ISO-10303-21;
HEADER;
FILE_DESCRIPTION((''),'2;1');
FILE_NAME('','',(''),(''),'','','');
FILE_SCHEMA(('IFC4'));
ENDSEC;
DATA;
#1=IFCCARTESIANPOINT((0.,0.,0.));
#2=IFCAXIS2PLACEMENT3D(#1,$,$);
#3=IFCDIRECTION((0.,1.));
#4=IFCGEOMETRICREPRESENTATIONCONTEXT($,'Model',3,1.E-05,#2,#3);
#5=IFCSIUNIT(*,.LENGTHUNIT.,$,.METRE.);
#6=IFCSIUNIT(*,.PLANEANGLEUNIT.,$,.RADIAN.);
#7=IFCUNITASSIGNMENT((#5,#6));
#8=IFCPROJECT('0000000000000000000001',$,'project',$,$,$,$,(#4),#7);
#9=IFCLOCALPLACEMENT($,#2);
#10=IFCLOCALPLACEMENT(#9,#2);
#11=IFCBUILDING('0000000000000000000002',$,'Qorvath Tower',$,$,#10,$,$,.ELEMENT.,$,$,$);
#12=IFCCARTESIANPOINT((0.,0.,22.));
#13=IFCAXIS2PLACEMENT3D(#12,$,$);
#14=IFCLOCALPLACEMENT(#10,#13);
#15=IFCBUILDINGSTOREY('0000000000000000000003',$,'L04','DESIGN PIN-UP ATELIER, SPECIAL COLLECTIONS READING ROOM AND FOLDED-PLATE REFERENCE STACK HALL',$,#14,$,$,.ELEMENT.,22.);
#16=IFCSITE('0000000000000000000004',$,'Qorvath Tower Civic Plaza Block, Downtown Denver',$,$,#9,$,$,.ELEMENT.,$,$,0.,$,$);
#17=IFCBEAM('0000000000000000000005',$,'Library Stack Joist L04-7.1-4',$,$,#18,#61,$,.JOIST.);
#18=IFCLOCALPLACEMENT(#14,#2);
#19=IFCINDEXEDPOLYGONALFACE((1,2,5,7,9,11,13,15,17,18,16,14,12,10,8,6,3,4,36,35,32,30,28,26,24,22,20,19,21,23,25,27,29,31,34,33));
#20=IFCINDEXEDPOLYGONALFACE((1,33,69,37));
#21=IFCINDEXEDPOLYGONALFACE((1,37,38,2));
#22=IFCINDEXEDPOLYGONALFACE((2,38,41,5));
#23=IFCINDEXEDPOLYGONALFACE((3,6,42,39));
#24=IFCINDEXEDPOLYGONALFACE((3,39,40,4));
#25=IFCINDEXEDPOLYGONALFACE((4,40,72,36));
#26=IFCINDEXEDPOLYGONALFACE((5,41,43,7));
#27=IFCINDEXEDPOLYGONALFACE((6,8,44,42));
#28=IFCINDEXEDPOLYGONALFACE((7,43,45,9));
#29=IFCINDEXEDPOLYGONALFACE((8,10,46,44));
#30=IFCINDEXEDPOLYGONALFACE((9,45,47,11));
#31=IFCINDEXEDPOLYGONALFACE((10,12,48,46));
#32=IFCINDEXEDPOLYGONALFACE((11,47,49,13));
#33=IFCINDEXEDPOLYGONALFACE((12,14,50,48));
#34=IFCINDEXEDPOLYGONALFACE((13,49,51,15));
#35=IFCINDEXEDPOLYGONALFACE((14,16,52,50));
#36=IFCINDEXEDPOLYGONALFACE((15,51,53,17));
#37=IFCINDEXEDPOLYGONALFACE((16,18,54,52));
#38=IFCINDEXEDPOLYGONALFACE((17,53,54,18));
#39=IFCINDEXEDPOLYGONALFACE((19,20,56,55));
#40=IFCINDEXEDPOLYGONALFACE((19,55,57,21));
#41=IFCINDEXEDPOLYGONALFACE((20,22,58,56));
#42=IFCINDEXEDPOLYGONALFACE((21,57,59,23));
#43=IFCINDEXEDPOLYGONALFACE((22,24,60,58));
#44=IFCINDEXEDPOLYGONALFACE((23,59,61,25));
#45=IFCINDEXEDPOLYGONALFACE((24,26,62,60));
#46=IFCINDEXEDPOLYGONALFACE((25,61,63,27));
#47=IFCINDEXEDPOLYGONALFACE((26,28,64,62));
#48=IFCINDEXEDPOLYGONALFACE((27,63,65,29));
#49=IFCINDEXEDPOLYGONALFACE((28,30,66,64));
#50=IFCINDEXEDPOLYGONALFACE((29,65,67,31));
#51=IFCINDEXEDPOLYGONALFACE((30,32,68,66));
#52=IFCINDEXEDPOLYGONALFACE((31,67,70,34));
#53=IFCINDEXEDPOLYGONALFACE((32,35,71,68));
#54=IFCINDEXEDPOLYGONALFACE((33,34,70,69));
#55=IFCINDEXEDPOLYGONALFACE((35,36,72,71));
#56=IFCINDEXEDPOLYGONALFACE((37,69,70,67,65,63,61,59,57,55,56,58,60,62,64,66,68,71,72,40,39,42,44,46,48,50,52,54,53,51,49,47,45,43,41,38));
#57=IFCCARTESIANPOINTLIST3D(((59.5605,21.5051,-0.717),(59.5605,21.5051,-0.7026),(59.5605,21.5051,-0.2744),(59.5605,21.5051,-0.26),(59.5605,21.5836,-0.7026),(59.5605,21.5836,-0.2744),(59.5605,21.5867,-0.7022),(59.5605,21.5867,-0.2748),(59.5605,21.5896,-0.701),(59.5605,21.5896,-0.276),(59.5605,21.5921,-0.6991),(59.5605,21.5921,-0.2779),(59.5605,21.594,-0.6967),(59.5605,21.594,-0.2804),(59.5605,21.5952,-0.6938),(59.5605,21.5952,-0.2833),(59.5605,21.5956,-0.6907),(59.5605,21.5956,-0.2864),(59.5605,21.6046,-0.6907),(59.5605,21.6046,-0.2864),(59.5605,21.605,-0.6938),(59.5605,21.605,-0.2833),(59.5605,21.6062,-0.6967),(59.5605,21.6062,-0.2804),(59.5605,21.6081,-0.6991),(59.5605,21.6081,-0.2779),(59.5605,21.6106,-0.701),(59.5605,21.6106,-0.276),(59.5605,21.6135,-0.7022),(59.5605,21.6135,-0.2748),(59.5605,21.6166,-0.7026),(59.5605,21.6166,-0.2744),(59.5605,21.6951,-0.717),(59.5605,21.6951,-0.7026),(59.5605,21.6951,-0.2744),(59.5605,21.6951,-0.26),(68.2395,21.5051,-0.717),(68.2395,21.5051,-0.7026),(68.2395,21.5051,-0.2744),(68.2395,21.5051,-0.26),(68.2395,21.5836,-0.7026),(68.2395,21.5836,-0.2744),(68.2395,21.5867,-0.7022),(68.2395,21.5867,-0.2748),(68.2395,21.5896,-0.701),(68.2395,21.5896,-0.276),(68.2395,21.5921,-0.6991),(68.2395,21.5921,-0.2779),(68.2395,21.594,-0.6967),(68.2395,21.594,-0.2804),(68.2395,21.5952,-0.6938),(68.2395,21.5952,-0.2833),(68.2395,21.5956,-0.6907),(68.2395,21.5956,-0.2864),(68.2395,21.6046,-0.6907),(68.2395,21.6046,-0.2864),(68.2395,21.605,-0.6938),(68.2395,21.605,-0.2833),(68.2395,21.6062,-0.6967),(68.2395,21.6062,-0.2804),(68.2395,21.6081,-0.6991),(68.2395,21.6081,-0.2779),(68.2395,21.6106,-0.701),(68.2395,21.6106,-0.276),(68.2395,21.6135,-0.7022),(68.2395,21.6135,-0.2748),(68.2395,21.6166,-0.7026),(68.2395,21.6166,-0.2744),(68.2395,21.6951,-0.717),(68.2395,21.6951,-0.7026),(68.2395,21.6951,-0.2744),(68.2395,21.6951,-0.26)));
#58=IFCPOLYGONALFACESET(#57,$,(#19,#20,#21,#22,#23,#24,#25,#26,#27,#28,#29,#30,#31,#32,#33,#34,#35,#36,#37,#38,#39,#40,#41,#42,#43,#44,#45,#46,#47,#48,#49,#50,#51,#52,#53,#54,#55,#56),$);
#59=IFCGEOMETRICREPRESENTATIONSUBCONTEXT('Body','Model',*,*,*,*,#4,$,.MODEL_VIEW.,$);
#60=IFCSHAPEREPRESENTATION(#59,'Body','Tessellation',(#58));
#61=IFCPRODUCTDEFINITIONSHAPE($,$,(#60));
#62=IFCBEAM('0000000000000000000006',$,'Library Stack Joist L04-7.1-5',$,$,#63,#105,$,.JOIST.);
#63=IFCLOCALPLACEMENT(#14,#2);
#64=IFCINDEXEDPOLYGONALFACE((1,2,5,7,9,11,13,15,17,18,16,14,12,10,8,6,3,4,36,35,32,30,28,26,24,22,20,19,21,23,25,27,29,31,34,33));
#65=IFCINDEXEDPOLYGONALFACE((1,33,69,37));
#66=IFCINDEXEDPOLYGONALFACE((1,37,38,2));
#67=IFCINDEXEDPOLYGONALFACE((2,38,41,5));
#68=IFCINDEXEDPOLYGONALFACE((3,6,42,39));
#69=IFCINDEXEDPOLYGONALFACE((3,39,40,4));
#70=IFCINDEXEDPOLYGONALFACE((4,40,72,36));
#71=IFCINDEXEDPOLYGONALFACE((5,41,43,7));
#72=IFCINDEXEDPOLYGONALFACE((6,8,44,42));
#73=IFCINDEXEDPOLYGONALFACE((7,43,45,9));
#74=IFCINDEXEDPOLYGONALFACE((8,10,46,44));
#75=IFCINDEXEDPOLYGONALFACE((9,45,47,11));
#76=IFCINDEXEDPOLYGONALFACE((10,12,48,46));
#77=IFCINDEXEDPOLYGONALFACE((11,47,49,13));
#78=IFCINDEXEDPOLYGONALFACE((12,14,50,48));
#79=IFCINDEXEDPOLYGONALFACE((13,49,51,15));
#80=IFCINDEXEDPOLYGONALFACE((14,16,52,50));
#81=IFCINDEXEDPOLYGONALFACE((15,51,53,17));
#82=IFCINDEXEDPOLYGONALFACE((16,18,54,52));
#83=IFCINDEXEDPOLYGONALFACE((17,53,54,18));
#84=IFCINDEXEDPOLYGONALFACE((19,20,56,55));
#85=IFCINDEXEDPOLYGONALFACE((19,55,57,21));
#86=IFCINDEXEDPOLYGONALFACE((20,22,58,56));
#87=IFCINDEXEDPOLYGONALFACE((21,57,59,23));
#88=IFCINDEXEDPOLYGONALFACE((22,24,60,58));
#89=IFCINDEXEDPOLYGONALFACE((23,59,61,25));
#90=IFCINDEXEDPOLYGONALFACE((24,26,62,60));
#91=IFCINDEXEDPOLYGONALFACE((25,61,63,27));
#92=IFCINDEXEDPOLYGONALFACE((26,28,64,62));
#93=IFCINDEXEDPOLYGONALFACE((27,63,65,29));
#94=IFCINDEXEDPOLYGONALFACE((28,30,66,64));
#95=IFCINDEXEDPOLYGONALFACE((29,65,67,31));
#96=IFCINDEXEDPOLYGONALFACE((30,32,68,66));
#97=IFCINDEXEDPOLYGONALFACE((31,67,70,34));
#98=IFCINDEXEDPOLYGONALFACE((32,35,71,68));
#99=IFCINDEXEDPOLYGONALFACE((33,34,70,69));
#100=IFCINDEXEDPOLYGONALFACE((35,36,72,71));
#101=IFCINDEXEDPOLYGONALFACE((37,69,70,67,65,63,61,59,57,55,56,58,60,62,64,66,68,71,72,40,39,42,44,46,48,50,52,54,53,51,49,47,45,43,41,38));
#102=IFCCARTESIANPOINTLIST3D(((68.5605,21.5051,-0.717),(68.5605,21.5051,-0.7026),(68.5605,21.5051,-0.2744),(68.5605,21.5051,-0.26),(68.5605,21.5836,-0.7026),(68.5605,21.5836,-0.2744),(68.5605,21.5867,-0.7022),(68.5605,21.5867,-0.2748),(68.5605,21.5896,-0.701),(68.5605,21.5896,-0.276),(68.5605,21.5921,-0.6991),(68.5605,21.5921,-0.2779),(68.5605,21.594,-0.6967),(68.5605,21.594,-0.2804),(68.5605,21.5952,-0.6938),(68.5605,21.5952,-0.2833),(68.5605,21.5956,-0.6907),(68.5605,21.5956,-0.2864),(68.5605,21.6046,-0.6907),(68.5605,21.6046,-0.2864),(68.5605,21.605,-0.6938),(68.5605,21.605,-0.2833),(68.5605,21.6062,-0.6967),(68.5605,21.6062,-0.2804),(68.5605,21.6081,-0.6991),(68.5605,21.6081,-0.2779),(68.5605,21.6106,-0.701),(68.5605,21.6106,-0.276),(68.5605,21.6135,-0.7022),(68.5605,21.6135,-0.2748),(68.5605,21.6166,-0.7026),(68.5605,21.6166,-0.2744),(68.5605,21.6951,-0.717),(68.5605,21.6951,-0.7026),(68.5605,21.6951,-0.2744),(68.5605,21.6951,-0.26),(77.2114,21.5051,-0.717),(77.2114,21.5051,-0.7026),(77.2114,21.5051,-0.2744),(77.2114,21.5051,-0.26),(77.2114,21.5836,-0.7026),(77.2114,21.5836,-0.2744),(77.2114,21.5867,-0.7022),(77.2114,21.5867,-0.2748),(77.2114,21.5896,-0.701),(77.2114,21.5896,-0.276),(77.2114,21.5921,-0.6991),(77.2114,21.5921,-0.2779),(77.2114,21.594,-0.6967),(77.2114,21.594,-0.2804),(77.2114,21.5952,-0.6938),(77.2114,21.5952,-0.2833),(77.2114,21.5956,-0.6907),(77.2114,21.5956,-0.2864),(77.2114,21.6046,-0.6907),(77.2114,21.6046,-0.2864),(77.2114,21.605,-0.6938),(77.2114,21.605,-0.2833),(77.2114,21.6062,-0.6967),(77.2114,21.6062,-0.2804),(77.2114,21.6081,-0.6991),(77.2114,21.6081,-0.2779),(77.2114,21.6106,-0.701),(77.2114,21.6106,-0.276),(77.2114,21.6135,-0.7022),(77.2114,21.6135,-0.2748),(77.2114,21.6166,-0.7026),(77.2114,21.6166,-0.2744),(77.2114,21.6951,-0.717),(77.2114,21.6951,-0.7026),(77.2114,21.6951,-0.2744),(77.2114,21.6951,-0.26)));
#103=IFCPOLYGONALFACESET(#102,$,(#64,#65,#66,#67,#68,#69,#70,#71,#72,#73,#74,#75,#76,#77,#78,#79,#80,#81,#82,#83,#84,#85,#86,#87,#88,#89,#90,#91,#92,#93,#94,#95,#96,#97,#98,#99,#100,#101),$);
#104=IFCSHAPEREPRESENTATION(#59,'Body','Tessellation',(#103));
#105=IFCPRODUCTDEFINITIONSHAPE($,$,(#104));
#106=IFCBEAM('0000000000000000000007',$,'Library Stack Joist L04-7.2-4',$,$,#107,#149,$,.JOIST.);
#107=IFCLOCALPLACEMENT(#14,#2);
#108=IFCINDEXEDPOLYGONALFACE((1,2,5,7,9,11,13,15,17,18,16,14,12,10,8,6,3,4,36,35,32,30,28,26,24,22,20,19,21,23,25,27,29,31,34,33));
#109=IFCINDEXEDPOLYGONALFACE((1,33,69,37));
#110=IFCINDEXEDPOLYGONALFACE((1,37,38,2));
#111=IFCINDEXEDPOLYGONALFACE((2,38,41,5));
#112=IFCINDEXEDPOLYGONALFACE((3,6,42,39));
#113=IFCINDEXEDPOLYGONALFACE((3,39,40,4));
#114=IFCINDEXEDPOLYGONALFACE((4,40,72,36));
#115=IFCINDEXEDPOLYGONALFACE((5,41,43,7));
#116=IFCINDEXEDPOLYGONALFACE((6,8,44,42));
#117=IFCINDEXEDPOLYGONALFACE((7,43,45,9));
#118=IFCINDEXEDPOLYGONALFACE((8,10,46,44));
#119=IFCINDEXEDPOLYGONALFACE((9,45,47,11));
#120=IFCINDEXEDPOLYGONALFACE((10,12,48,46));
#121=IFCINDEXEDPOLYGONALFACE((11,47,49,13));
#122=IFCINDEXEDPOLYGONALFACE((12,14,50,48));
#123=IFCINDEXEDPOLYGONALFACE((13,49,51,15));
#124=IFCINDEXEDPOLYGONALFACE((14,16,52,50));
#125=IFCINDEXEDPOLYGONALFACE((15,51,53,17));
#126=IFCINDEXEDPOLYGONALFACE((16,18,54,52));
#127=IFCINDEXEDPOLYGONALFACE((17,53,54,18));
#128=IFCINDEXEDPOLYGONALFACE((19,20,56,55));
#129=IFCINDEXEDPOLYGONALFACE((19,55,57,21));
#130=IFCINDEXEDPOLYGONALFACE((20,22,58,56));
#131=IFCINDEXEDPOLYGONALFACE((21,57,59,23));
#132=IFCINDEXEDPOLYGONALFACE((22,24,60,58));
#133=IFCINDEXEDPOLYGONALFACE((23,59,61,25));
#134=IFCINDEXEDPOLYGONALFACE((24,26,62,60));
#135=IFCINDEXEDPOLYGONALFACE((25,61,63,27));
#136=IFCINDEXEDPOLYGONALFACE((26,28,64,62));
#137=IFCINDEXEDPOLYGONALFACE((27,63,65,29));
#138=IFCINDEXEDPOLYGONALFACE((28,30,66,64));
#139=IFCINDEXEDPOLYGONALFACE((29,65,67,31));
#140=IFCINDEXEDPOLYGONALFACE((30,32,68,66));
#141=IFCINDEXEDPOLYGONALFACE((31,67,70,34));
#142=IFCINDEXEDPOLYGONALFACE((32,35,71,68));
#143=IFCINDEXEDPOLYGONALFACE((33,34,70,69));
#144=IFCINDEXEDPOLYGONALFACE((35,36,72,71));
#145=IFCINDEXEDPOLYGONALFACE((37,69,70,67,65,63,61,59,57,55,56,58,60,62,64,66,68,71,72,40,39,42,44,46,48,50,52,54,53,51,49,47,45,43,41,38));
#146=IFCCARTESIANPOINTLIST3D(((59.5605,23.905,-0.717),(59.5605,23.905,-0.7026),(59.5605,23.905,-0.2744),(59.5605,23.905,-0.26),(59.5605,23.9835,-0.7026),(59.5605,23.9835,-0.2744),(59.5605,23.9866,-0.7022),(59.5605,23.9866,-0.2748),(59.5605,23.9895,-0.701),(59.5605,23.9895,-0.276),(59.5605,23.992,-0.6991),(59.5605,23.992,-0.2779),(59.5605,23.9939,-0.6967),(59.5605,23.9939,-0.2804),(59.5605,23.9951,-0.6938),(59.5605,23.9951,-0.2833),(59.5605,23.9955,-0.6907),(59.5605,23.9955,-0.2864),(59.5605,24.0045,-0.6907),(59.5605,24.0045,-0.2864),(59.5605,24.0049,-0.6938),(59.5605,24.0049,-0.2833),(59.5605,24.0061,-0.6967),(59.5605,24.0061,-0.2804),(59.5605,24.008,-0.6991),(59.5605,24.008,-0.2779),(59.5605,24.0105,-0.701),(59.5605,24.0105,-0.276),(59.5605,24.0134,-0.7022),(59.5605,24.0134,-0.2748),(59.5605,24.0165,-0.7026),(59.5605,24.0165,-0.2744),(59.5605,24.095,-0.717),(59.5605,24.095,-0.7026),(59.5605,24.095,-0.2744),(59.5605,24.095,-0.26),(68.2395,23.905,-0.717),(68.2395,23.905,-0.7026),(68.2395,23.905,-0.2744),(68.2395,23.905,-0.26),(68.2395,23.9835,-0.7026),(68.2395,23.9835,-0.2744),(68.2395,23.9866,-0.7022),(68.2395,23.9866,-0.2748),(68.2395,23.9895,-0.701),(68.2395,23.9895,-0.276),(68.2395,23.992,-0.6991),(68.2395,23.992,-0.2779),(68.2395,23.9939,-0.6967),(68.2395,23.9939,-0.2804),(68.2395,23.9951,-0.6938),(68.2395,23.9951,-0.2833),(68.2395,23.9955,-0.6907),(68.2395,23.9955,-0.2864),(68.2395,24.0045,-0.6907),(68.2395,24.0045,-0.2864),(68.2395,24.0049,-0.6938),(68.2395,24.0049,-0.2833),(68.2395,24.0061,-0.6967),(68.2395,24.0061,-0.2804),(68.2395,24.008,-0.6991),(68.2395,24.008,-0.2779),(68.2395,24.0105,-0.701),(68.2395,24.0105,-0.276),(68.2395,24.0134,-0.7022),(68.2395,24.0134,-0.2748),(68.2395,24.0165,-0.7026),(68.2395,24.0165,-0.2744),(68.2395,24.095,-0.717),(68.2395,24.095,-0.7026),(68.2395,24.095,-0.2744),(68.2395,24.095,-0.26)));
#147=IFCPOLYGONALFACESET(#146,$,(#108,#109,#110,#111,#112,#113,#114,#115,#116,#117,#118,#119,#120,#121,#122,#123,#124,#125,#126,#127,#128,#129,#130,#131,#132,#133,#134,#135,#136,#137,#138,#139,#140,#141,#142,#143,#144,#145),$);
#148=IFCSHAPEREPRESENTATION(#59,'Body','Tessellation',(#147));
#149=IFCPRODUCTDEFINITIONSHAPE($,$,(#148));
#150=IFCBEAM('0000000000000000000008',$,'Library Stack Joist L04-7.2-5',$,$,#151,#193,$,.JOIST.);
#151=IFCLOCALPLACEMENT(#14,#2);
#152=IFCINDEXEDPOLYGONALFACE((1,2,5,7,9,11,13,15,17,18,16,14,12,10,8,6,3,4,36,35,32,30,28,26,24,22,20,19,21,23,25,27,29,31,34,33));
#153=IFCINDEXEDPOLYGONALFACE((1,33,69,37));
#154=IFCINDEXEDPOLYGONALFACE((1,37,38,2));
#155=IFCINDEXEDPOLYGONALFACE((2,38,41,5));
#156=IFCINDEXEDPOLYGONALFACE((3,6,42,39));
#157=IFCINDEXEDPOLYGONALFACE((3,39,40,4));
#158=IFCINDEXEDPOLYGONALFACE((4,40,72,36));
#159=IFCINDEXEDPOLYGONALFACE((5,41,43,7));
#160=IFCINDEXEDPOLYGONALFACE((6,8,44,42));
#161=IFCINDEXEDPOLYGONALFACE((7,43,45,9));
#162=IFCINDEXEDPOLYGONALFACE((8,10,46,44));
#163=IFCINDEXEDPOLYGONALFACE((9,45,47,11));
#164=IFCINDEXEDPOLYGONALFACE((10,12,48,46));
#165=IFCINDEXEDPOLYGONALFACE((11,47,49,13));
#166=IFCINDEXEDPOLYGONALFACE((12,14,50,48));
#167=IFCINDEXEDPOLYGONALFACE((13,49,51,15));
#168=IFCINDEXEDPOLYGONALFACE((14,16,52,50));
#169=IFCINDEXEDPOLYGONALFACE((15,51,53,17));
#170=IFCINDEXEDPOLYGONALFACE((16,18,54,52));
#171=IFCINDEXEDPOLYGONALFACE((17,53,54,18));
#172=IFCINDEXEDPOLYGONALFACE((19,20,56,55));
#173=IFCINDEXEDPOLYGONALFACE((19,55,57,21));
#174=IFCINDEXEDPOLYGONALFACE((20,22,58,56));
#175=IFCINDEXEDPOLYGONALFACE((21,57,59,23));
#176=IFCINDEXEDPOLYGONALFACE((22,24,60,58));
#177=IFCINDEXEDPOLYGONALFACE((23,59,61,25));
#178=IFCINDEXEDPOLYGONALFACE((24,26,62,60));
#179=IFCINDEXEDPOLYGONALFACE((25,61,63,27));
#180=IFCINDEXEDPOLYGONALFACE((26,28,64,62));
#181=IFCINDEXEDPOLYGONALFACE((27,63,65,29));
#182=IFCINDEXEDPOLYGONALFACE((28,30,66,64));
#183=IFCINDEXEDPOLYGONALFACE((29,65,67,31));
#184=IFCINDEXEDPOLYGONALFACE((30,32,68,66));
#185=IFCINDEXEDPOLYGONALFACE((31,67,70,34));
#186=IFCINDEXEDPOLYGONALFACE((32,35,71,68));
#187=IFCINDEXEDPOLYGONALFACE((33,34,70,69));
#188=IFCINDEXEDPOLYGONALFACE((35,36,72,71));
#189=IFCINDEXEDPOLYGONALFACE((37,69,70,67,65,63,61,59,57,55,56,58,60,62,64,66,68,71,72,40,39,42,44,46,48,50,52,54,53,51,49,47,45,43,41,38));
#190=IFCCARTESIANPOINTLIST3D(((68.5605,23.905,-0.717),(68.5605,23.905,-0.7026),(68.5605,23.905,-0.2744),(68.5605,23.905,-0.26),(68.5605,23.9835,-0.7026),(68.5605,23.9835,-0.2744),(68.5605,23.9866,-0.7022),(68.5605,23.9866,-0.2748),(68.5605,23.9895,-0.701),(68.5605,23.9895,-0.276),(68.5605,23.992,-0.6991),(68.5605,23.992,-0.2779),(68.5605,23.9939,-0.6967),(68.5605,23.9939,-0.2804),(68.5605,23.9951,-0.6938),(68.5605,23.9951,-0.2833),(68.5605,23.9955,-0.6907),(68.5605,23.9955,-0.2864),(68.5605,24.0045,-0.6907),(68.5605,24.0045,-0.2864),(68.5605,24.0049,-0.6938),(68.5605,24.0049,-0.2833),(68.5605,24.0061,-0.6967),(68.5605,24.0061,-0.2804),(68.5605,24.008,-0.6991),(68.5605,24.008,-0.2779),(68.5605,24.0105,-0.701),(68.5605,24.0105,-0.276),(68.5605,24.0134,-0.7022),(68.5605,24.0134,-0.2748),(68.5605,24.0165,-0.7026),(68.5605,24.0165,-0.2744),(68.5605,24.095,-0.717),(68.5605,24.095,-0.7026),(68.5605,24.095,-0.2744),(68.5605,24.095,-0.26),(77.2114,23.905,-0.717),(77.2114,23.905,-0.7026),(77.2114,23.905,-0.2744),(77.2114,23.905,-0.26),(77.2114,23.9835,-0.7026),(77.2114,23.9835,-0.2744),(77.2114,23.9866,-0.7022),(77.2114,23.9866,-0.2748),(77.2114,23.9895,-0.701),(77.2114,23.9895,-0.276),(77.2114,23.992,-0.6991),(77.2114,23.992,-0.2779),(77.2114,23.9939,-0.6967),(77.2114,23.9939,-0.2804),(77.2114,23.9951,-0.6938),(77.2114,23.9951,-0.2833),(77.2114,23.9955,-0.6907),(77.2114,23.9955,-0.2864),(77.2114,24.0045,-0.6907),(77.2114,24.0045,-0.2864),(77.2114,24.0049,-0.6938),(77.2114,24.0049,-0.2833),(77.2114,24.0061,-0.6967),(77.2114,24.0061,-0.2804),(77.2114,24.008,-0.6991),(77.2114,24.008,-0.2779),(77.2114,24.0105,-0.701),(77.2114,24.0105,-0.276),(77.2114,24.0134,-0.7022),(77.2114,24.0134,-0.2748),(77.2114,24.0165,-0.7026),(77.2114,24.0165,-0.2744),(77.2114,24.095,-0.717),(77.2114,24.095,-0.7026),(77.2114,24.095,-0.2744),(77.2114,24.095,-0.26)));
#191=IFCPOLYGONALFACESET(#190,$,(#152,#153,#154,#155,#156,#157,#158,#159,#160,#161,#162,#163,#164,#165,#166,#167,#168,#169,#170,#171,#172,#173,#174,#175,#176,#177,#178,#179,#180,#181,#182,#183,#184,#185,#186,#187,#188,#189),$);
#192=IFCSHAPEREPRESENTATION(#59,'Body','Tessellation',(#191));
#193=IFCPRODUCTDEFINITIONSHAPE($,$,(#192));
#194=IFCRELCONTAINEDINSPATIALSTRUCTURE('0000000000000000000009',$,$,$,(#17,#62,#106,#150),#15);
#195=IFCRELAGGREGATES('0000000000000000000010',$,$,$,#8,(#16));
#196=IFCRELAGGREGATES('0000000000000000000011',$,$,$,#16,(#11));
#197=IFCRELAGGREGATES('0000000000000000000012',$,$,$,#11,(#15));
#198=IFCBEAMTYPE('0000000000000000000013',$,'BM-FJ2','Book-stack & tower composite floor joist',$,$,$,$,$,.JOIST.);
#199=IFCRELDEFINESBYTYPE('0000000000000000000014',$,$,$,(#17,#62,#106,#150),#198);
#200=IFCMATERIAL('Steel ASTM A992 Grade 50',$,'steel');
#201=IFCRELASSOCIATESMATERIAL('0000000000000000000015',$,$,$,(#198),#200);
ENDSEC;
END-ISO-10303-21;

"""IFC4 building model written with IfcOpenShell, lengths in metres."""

from ifc_helpers import new_model, si_unit, direction, frame, origin, origin_2d, place, context, subcontext, project, spatial, i_section, extrude, material, material_profile, profile_set, type_object, element, save


model = new_model("IFC4")

# Units and contexts
model_context = context("Model", 3, precision=1e-05, world=origin(), true_north=direction((0.0, 1.0)))
body_context = subcontext(model_context, "Body", "Model", "MODEL_VIEW")
ifc_project = project(units=[si_unit("LENGTHUNIT", "METRE"), si_unit("PLANEANGLEUNIT", "RADIAN")], contexts=[model_context])

# Site, building, storey
site_placement = place(None, origin())
site = spatial("IfcSite", under=ifc_project, at=site_placement, Name="Qorvath Tower Civic Plaza Block, Downtown Denver", CompositionType="ELEMENT", RefElevation=0.0)
building_placement = place(site_placement, origin())
building = spatial("IfcBuilding", under=site, at=building_placement, Name="Qorvath Tower", CompositionType="ELEMENT")
storey_placement = place(building_placement, frame((0.0, 0.0, 22.0)))
storey = spatial("IfcBuildingStorey", under=building, at=storey_placement, Name="L04", Description="DESIGN PIN-UP ATELIER, SPECIAL COLLECTIONS READING ROOM AND FOLDED-PLATE REFERENCE STACK HALL", CompositionType="ELEMENT", Elevation=22.0)

# Beams
ifc_material_1 = material(Name="Steel ASTM A992 Grade 50", Category="steel")
ifc_material_profile_1 = material_profile(ifc_material_1, i_section(OverallWidth=0.1899, OverallDepth=0.457, WebThickness=0.009, FlangeThickness=0.0144, FilletRadius=0.012, at=origin_2d()), Name="W18x50")
ifc_profile_set_1 = profile_set([ifc_material_profile_1], Name="Steel ASTM A992 Grade 50")
beam_type_1 = type_object("IfcBeamType", Name="BM-FJ2", Description="Book-stack & tower composite floor joist", PredefinedType="JOIST", material=ifc_profile_set_1)
beam_1_placement = place(storey_placement, frame((59.5605, 21.6001, -0.4885), z_axis=(1.0, 0.0, 0.0), x_axis=(0.0, 1.0, 0.0)))
element("IfcBeam", 1, at=beam_1_placement, inside=storey, type_object=beam_type_1, Name="Library Stack Joist L04-7.1-4", PredefinedType="JOIST", context=body_context, shape_type="SweptSolid", body=[
    extrude(i_section(OverallWidth=0.1899, OverallDepth=0.457, WebThickness=0.009, FlangeThickness=0.0144, FilletRadius=0.012, at=origin_2d()), origin(), (0.0, 0.0, 1.0), 8.679),
])
beam_2_placement = place(storey_placement, frame((68.5605, 21.6001, -0.4885), z_axis=(1.0, 0.0, 0.0), x_axis=(0.0, 1.0, 0.0)))
element("IfcBeam", 2, at=beam_2_placement, inside=storey, type_object=beam_type_1, Name="Library Stack Joist L04-7.1-5", PredefinedType="JOIST", context=body_context, shape_type="SweptSolid", body=[
    extrude(i_section(OverallWidth=0.1899, OverallDepth=0.457, WebThickness=0.009, FlangeThickness=0.0144, FilletRadius=0.012, at=origin_2d()), origin(), (0.0, 0.0, 1.0), 8.6509),
])
beam_3_placement = place(storey_placement, frame((59.5605, 24.0, -0.4885), z_axis=(1.0, 0.0, 0.0), x_axis=(0.0, 1.0, 0.0)))
element("IfcBeam", 3, at=beam_3_placement, inside=storey, type_object=beam_type_1, Name="Library Stack Joist L04-7.2-4", PredefinedType="JOIST", context=body_context, shape_type="SweptSolid", body=[
    extrude(i_section(OverallWidth=0.1899, OverallDepth=0.457, WebThickness=0.009, FlangeThickness=0.0144, FilletRadius=0.012, at=origin_2d()), origin(), (0.0, 0.0, 1.0), 8.679),
])
beam_4_placement = place(storey_placement, frame((68.5605, 24.0, -0.4885), z_axis=(1.0, 0.0, 0.0), x_axis=(0.0, 1.0, 0.0)))
element("IfcBeam", 4, at=beam_4_placement, inside=storey, type_object=beam_type_1, Name="Library Stack Joist L04-7.2-5", PredefinedType="JOIST", context=body_context, shape_type="SweptSolid", body=[
    extrude(i_section(OverallWidth=0.1899, OverallDepth=0.457, WebThickness=0.009, FlangeThickness=0.0144, FilletRadius=0.012, at=origin_2d()), origin(), (0.0, 0.0, 1.0), 8.6509),
])

save(model, "model.ifc")
